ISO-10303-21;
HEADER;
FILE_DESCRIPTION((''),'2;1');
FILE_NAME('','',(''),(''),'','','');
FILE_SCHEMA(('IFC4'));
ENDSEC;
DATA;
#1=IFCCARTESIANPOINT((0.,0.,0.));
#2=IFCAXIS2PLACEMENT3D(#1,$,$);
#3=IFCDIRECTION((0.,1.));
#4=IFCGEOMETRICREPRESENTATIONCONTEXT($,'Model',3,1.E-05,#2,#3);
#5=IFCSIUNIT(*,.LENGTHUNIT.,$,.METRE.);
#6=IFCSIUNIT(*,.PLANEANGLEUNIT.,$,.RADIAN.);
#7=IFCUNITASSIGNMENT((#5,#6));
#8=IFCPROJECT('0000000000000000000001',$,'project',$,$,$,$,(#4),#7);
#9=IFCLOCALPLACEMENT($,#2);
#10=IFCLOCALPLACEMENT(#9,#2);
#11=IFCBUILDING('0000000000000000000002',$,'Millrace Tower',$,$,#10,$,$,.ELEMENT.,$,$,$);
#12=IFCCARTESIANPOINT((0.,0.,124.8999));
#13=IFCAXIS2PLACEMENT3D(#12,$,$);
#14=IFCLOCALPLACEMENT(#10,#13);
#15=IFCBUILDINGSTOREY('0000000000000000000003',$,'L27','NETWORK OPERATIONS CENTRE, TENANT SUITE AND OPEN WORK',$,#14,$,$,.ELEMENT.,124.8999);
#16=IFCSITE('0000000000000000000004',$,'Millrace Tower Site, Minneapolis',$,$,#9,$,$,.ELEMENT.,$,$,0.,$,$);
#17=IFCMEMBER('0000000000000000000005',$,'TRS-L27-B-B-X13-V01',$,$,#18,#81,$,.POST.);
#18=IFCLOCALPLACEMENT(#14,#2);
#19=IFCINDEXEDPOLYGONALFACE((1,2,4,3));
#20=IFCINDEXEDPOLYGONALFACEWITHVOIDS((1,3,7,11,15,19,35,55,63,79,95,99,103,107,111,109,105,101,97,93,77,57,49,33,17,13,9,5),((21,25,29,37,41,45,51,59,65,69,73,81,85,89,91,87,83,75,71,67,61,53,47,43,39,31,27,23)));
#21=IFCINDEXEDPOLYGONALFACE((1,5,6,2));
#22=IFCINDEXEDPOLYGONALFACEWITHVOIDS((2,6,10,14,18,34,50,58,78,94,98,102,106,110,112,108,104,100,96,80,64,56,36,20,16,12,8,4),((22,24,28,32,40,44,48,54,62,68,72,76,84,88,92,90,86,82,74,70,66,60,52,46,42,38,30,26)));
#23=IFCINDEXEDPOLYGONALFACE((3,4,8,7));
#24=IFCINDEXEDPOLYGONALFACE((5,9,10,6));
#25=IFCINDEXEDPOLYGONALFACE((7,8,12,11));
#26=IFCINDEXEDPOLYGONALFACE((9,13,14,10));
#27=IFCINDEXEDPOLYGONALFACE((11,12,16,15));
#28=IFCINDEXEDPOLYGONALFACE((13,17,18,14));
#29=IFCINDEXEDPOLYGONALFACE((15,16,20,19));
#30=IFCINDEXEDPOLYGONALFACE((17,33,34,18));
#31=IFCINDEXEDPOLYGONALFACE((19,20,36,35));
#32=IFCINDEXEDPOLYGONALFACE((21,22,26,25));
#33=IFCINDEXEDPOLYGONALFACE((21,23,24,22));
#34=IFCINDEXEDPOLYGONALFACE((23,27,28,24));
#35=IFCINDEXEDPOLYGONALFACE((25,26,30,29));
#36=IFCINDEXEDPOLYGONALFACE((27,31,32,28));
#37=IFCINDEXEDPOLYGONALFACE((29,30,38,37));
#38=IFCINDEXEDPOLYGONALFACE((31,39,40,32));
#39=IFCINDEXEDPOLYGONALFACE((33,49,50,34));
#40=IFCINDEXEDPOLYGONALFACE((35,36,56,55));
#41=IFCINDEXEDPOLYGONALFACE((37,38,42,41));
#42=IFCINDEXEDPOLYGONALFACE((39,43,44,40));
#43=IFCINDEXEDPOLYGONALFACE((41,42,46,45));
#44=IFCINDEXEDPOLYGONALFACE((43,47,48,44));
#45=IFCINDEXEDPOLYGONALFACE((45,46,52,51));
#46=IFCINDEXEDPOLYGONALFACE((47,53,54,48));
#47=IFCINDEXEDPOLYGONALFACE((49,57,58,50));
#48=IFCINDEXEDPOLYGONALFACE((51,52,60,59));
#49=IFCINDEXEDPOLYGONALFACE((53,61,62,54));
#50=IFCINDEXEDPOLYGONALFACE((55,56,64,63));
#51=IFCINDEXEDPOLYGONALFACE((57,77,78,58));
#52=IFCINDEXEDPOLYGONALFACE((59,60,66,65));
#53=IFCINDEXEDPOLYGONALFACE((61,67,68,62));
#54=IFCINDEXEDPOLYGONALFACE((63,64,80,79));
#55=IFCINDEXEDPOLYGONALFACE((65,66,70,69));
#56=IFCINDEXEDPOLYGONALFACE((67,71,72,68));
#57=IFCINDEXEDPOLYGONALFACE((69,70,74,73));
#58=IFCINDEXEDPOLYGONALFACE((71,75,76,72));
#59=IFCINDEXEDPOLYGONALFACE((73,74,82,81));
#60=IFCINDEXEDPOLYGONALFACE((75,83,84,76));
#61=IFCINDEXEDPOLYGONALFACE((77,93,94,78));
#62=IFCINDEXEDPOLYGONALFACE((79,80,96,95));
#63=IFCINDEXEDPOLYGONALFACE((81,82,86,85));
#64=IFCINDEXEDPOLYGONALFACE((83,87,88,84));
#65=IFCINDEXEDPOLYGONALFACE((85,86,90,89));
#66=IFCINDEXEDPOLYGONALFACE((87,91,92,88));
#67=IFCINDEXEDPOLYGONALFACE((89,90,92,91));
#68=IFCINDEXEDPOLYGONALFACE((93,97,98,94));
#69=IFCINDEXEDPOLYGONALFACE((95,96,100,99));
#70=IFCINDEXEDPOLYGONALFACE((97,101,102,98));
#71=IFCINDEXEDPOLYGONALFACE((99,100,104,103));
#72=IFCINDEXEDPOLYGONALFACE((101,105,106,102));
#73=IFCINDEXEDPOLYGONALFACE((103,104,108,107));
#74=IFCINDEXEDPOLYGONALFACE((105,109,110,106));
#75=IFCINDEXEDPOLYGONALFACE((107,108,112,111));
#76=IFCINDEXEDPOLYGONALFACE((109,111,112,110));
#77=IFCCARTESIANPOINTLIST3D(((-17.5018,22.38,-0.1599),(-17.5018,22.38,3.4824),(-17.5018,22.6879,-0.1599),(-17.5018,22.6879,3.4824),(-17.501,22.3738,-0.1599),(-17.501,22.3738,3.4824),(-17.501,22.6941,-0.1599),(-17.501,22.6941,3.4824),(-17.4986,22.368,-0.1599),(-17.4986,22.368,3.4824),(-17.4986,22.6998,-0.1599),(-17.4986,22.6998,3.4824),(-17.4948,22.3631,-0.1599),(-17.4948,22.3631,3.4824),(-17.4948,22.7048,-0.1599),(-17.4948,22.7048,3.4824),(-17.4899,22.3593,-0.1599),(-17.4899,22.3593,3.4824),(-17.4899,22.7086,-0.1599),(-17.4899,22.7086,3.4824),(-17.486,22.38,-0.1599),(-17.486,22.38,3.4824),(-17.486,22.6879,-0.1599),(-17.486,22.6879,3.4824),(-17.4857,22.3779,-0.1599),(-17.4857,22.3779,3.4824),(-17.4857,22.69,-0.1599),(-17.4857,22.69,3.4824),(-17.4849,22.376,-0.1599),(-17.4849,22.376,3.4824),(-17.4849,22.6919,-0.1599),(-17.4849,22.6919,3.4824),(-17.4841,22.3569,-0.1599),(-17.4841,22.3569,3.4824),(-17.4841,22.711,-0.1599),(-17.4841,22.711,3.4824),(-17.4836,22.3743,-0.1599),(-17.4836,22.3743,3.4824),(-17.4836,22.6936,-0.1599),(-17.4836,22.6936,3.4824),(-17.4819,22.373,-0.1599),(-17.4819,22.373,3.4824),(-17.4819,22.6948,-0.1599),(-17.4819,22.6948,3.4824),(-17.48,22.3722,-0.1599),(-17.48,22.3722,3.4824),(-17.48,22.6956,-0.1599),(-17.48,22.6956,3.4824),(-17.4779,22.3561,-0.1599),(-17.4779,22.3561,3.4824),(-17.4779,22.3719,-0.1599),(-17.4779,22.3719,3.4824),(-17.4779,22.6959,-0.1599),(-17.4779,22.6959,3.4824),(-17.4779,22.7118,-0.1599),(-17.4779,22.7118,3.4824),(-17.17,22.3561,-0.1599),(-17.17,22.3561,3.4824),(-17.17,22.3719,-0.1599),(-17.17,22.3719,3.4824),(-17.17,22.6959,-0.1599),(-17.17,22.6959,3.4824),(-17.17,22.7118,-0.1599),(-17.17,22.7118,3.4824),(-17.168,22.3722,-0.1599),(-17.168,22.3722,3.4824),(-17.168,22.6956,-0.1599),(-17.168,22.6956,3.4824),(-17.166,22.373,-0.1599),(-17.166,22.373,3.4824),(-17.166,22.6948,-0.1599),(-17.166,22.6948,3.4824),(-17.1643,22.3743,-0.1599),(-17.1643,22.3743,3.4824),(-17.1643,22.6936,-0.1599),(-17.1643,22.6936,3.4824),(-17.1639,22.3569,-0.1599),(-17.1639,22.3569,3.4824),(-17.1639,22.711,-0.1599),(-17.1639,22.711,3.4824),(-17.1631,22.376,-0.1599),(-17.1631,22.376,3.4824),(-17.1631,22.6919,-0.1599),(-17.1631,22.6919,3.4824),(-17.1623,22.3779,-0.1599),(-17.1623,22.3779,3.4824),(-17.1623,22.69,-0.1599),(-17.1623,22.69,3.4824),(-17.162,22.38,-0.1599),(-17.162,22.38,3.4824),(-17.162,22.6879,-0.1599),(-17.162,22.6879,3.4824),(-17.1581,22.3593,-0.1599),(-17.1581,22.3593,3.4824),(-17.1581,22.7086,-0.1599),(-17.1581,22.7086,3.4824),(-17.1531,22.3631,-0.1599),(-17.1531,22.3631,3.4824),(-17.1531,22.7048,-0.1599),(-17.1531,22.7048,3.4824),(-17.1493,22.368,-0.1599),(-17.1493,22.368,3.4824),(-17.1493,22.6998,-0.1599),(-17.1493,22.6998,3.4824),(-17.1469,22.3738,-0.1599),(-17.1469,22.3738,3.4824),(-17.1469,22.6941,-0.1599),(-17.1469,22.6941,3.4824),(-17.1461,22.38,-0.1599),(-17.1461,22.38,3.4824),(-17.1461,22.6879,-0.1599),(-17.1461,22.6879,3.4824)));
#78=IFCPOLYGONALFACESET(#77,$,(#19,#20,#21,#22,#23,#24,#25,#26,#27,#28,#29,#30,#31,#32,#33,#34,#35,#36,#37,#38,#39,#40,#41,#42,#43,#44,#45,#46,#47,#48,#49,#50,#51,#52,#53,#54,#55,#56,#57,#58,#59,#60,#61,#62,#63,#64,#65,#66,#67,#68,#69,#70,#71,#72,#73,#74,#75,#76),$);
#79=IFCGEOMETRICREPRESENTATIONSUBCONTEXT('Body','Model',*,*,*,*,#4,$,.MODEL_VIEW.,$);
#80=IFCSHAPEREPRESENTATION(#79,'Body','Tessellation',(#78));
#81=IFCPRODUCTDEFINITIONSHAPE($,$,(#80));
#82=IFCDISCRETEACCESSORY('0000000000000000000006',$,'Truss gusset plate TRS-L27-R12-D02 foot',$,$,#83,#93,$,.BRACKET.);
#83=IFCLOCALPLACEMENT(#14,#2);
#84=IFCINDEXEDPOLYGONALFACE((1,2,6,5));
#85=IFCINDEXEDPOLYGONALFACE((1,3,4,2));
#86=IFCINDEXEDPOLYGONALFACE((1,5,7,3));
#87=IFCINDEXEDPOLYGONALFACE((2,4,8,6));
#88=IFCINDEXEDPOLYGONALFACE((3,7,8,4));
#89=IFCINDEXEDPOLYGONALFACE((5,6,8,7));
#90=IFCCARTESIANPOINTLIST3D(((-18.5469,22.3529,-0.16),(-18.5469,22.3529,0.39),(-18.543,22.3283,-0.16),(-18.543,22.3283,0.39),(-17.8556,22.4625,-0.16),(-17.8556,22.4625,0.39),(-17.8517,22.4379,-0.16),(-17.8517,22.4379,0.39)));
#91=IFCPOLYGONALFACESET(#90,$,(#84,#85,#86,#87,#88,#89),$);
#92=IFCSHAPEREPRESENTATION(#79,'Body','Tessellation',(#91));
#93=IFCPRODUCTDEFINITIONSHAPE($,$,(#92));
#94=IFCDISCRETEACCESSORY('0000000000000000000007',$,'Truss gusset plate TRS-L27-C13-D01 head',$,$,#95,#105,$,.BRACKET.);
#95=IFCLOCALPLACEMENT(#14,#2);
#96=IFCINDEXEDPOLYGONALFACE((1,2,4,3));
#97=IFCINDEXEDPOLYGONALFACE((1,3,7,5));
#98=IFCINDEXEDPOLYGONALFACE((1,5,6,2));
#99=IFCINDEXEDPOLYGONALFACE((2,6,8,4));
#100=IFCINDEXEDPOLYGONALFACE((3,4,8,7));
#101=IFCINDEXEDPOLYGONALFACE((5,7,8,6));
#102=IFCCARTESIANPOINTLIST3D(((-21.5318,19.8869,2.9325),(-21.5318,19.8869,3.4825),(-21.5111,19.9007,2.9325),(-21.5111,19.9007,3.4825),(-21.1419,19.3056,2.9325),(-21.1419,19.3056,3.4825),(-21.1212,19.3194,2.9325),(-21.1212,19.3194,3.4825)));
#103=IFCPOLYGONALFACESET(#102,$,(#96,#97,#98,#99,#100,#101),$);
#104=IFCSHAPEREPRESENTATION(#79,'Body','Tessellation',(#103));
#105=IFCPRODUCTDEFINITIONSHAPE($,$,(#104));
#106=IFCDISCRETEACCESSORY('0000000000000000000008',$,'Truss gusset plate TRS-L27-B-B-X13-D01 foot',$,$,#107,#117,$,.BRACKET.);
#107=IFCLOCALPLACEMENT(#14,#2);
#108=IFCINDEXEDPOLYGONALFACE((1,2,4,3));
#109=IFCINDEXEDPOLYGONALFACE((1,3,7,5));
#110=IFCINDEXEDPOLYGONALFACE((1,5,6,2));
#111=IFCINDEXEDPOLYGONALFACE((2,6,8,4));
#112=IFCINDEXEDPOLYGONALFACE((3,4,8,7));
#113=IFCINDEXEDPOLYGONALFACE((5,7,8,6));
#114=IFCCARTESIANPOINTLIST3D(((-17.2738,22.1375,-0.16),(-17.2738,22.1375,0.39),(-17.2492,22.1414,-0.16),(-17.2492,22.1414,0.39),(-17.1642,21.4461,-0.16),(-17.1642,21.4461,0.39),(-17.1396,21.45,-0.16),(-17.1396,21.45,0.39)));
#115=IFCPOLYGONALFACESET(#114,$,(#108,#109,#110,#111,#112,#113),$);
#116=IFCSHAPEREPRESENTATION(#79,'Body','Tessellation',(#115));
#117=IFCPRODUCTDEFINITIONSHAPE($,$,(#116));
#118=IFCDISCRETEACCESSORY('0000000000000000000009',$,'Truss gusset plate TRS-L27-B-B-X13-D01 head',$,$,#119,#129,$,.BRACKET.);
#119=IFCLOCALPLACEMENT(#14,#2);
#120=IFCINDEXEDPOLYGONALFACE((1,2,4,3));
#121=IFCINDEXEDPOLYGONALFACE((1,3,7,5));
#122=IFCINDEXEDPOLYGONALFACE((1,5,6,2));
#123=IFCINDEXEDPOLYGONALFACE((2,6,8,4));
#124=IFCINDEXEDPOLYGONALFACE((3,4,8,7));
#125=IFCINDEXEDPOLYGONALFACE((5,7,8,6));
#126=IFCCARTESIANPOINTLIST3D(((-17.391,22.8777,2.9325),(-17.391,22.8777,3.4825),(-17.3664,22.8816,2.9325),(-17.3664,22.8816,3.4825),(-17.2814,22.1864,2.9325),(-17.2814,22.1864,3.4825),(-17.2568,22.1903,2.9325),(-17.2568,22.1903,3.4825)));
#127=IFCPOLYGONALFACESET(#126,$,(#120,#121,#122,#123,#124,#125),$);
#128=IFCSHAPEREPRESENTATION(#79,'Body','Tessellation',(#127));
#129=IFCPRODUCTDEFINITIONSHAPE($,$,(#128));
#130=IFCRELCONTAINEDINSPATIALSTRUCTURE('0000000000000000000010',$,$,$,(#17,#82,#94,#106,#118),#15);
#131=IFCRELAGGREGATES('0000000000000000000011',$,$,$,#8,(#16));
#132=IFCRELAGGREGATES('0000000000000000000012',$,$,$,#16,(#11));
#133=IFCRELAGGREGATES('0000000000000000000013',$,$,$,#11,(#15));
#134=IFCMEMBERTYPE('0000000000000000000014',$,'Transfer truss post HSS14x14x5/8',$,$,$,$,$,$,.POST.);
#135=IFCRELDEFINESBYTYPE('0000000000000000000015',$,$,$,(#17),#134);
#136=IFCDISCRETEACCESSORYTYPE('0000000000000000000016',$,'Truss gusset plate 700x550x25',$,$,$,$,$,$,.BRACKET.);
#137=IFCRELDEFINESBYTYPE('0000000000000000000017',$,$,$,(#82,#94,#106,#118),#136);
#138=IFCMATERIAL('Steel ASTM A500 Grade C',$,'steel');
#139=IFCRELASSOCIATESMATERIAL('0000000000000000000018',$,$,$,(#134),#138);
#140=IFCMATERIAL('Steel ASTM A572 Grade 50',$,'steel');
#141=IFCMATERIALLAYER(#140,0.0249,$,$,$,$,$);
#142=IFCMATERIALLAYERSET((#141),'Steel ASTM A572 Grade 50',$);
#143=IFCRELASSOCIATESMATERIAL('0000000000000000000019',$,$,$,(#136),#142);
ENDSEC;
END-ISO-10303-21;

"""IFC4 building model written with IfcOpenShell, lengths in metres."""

from ifc_helpers import new_model, si_unit, direction, frame, origin, origin_2d, place, context, subcontext, project, spatial, rectangle, hollow_rectangle, extrude, material, layer, layer_set, material_profile, profile_set, type_object, element, save


model = new_model("IFC4")

# Units and contexts
model_context = context("Model", 3, precision=1e-05, world=origin(), true_north=direction((0.0, 1.0)))
body_context = subcontext(model_context, "Body", "Model", "MODEL_VIEW")
ifc_project = project(units=[si_unit("LENGTHUNIT", "METRE"), si_unit("PLANEANGLEUNIT", "RADIAN")], contexts=[model_context])

# Site, building, storey
site_placement = place(None, origin())
site = spatial("IfcSite", under=ifc_project, at=site_placement, Name="Millrace Tower Site, Minneapolis", CompositionType="ELEMENT", RefElevation=0.0)
building_placement = place(site_placement, origin())
building = spatial("IfcBuilding", under=site, at=building_placement, Name="Millrace Tower", CompositionType="ELEMENT")
storey_placement = place(building_placement, frame((0.0, 0.0, 124.8999)))
storey = spatial("IfcBuildingStorey", under=building, at=storey_placement, Name="L27", Description="NETWORK OPERATIONS CENTRE, TENANT SUITE AND OPEN WORK", CompositionType="ELEMENT", Elevation=124.8999)

# Member
ifc_material_1 = material(Name="Steel ASTM A500 Grade C", Category="steel")
ifc_material_profile_1 = material_profile(ifc_material_1, hollow_rectangle(XDim=0.3557, YDim=0.3557, WallThickness=0.0159, InnerFilletRadius=0.0081, OuterFilletRadius=0.0239, at=origin_2d()))
ifc_profile_set_1 = profile_set([ifc_material_profile_1], Name="Steel ASTM A500 Grade C")
member_type_1 = type_object("IfcMemberType", Name="Transfer truss post HSS14x14x5/8", PredefinedType="POST", material=ifc_profile_set_1)
for number, where, z_axis, x_axis, name in (
    (1, (-17.324, 22.5339, -0.1599), (0.0, 0.0, 1.0), (1.0, 0.0, 0.0), "TRS-L27-B-B-X13-V01"),
):
    element("IfcMember", number, at=place(storey_placement, frame(where, z_axis=z_axis, x_axis=x_axis)), inside=storey, type_object=member_type_1, Name=name, PredefinedType="POST", context=body_context, shape_type="SweptSolid", body=[
        extrude(hollow_rectangle(XDim=0.3557, YDim=0.3557, WallThickness=0.0159, InnerFilletRadius=0.0081, OuterFilletRadius=0.0239, at=origin_2d()), origin(), (0.0, 0.0, 1.0), 3.6423),
    ])

# Discrete accessories
ifc_material_2 = material(Name="Steel ASTM A572 Grade 50", Category="steel")
ifc_layer_1 = layer(ifc_material_2, 0.0249)
ifc_layer_set_1 = layer_set([ifc_layer_1], Name="Steel ASTM A572 Grade 50")
discrete_accessory_type = type_object("IfcDiscreteAccessoryType", Name="Truss gusset plate 700x550x25", PredefinedType="BRACKET", material=ifc_layer_set_1)
for number, where, z_axis, x_axis, name in (
    (2, (-18.5449, 22.3406, 0.115), (0.987664, 0.156589, 0.0), (-0.156589, 0.987664, 0.0), "Truss gusset plate TRS-L27-R12-D02 foot"),
    (3, (-21.5215, 19.8938, 3.2075), (0.557032, -0.830491, 0.0), (0.830491, 0.557032, 0.0), "Truss gusset plate TRS-L27-C13-D01 head"),
    (4, (-17.2615, 22.1394, 0.115), (0.156589, -0.987664, 0.0), (0.987664, 0.156589, 0.0), "Truss gusset plate TRS-L27-B-B-X13-D01 foot"),
    (5, (-17.3787, 22.8796, 3.2075), (0.156589, -0.987664, 0.0), (0.987664, 0.156589, 0.0), "Truss gusset plate TRS-L27-B-B-X13-D01 head"),
):
    element("IfcDiscreteAccessory", number, at=place(storey_placement, frame(where, z_axis=z_axis, x_axis=x_axis)), inside=storey, type_object=discrete_accessory_type, Name=name, PredefinedType="BRACKET", context=body_context, shape_type="SweptSolid", body=[
        extrude(rectangle(XDim=0.0249, YDim=0.55, at=origin_2d()), origin(), (0.0, 0.0, 1.0), 0.7),
    ])

save(model, "model.ifc")
